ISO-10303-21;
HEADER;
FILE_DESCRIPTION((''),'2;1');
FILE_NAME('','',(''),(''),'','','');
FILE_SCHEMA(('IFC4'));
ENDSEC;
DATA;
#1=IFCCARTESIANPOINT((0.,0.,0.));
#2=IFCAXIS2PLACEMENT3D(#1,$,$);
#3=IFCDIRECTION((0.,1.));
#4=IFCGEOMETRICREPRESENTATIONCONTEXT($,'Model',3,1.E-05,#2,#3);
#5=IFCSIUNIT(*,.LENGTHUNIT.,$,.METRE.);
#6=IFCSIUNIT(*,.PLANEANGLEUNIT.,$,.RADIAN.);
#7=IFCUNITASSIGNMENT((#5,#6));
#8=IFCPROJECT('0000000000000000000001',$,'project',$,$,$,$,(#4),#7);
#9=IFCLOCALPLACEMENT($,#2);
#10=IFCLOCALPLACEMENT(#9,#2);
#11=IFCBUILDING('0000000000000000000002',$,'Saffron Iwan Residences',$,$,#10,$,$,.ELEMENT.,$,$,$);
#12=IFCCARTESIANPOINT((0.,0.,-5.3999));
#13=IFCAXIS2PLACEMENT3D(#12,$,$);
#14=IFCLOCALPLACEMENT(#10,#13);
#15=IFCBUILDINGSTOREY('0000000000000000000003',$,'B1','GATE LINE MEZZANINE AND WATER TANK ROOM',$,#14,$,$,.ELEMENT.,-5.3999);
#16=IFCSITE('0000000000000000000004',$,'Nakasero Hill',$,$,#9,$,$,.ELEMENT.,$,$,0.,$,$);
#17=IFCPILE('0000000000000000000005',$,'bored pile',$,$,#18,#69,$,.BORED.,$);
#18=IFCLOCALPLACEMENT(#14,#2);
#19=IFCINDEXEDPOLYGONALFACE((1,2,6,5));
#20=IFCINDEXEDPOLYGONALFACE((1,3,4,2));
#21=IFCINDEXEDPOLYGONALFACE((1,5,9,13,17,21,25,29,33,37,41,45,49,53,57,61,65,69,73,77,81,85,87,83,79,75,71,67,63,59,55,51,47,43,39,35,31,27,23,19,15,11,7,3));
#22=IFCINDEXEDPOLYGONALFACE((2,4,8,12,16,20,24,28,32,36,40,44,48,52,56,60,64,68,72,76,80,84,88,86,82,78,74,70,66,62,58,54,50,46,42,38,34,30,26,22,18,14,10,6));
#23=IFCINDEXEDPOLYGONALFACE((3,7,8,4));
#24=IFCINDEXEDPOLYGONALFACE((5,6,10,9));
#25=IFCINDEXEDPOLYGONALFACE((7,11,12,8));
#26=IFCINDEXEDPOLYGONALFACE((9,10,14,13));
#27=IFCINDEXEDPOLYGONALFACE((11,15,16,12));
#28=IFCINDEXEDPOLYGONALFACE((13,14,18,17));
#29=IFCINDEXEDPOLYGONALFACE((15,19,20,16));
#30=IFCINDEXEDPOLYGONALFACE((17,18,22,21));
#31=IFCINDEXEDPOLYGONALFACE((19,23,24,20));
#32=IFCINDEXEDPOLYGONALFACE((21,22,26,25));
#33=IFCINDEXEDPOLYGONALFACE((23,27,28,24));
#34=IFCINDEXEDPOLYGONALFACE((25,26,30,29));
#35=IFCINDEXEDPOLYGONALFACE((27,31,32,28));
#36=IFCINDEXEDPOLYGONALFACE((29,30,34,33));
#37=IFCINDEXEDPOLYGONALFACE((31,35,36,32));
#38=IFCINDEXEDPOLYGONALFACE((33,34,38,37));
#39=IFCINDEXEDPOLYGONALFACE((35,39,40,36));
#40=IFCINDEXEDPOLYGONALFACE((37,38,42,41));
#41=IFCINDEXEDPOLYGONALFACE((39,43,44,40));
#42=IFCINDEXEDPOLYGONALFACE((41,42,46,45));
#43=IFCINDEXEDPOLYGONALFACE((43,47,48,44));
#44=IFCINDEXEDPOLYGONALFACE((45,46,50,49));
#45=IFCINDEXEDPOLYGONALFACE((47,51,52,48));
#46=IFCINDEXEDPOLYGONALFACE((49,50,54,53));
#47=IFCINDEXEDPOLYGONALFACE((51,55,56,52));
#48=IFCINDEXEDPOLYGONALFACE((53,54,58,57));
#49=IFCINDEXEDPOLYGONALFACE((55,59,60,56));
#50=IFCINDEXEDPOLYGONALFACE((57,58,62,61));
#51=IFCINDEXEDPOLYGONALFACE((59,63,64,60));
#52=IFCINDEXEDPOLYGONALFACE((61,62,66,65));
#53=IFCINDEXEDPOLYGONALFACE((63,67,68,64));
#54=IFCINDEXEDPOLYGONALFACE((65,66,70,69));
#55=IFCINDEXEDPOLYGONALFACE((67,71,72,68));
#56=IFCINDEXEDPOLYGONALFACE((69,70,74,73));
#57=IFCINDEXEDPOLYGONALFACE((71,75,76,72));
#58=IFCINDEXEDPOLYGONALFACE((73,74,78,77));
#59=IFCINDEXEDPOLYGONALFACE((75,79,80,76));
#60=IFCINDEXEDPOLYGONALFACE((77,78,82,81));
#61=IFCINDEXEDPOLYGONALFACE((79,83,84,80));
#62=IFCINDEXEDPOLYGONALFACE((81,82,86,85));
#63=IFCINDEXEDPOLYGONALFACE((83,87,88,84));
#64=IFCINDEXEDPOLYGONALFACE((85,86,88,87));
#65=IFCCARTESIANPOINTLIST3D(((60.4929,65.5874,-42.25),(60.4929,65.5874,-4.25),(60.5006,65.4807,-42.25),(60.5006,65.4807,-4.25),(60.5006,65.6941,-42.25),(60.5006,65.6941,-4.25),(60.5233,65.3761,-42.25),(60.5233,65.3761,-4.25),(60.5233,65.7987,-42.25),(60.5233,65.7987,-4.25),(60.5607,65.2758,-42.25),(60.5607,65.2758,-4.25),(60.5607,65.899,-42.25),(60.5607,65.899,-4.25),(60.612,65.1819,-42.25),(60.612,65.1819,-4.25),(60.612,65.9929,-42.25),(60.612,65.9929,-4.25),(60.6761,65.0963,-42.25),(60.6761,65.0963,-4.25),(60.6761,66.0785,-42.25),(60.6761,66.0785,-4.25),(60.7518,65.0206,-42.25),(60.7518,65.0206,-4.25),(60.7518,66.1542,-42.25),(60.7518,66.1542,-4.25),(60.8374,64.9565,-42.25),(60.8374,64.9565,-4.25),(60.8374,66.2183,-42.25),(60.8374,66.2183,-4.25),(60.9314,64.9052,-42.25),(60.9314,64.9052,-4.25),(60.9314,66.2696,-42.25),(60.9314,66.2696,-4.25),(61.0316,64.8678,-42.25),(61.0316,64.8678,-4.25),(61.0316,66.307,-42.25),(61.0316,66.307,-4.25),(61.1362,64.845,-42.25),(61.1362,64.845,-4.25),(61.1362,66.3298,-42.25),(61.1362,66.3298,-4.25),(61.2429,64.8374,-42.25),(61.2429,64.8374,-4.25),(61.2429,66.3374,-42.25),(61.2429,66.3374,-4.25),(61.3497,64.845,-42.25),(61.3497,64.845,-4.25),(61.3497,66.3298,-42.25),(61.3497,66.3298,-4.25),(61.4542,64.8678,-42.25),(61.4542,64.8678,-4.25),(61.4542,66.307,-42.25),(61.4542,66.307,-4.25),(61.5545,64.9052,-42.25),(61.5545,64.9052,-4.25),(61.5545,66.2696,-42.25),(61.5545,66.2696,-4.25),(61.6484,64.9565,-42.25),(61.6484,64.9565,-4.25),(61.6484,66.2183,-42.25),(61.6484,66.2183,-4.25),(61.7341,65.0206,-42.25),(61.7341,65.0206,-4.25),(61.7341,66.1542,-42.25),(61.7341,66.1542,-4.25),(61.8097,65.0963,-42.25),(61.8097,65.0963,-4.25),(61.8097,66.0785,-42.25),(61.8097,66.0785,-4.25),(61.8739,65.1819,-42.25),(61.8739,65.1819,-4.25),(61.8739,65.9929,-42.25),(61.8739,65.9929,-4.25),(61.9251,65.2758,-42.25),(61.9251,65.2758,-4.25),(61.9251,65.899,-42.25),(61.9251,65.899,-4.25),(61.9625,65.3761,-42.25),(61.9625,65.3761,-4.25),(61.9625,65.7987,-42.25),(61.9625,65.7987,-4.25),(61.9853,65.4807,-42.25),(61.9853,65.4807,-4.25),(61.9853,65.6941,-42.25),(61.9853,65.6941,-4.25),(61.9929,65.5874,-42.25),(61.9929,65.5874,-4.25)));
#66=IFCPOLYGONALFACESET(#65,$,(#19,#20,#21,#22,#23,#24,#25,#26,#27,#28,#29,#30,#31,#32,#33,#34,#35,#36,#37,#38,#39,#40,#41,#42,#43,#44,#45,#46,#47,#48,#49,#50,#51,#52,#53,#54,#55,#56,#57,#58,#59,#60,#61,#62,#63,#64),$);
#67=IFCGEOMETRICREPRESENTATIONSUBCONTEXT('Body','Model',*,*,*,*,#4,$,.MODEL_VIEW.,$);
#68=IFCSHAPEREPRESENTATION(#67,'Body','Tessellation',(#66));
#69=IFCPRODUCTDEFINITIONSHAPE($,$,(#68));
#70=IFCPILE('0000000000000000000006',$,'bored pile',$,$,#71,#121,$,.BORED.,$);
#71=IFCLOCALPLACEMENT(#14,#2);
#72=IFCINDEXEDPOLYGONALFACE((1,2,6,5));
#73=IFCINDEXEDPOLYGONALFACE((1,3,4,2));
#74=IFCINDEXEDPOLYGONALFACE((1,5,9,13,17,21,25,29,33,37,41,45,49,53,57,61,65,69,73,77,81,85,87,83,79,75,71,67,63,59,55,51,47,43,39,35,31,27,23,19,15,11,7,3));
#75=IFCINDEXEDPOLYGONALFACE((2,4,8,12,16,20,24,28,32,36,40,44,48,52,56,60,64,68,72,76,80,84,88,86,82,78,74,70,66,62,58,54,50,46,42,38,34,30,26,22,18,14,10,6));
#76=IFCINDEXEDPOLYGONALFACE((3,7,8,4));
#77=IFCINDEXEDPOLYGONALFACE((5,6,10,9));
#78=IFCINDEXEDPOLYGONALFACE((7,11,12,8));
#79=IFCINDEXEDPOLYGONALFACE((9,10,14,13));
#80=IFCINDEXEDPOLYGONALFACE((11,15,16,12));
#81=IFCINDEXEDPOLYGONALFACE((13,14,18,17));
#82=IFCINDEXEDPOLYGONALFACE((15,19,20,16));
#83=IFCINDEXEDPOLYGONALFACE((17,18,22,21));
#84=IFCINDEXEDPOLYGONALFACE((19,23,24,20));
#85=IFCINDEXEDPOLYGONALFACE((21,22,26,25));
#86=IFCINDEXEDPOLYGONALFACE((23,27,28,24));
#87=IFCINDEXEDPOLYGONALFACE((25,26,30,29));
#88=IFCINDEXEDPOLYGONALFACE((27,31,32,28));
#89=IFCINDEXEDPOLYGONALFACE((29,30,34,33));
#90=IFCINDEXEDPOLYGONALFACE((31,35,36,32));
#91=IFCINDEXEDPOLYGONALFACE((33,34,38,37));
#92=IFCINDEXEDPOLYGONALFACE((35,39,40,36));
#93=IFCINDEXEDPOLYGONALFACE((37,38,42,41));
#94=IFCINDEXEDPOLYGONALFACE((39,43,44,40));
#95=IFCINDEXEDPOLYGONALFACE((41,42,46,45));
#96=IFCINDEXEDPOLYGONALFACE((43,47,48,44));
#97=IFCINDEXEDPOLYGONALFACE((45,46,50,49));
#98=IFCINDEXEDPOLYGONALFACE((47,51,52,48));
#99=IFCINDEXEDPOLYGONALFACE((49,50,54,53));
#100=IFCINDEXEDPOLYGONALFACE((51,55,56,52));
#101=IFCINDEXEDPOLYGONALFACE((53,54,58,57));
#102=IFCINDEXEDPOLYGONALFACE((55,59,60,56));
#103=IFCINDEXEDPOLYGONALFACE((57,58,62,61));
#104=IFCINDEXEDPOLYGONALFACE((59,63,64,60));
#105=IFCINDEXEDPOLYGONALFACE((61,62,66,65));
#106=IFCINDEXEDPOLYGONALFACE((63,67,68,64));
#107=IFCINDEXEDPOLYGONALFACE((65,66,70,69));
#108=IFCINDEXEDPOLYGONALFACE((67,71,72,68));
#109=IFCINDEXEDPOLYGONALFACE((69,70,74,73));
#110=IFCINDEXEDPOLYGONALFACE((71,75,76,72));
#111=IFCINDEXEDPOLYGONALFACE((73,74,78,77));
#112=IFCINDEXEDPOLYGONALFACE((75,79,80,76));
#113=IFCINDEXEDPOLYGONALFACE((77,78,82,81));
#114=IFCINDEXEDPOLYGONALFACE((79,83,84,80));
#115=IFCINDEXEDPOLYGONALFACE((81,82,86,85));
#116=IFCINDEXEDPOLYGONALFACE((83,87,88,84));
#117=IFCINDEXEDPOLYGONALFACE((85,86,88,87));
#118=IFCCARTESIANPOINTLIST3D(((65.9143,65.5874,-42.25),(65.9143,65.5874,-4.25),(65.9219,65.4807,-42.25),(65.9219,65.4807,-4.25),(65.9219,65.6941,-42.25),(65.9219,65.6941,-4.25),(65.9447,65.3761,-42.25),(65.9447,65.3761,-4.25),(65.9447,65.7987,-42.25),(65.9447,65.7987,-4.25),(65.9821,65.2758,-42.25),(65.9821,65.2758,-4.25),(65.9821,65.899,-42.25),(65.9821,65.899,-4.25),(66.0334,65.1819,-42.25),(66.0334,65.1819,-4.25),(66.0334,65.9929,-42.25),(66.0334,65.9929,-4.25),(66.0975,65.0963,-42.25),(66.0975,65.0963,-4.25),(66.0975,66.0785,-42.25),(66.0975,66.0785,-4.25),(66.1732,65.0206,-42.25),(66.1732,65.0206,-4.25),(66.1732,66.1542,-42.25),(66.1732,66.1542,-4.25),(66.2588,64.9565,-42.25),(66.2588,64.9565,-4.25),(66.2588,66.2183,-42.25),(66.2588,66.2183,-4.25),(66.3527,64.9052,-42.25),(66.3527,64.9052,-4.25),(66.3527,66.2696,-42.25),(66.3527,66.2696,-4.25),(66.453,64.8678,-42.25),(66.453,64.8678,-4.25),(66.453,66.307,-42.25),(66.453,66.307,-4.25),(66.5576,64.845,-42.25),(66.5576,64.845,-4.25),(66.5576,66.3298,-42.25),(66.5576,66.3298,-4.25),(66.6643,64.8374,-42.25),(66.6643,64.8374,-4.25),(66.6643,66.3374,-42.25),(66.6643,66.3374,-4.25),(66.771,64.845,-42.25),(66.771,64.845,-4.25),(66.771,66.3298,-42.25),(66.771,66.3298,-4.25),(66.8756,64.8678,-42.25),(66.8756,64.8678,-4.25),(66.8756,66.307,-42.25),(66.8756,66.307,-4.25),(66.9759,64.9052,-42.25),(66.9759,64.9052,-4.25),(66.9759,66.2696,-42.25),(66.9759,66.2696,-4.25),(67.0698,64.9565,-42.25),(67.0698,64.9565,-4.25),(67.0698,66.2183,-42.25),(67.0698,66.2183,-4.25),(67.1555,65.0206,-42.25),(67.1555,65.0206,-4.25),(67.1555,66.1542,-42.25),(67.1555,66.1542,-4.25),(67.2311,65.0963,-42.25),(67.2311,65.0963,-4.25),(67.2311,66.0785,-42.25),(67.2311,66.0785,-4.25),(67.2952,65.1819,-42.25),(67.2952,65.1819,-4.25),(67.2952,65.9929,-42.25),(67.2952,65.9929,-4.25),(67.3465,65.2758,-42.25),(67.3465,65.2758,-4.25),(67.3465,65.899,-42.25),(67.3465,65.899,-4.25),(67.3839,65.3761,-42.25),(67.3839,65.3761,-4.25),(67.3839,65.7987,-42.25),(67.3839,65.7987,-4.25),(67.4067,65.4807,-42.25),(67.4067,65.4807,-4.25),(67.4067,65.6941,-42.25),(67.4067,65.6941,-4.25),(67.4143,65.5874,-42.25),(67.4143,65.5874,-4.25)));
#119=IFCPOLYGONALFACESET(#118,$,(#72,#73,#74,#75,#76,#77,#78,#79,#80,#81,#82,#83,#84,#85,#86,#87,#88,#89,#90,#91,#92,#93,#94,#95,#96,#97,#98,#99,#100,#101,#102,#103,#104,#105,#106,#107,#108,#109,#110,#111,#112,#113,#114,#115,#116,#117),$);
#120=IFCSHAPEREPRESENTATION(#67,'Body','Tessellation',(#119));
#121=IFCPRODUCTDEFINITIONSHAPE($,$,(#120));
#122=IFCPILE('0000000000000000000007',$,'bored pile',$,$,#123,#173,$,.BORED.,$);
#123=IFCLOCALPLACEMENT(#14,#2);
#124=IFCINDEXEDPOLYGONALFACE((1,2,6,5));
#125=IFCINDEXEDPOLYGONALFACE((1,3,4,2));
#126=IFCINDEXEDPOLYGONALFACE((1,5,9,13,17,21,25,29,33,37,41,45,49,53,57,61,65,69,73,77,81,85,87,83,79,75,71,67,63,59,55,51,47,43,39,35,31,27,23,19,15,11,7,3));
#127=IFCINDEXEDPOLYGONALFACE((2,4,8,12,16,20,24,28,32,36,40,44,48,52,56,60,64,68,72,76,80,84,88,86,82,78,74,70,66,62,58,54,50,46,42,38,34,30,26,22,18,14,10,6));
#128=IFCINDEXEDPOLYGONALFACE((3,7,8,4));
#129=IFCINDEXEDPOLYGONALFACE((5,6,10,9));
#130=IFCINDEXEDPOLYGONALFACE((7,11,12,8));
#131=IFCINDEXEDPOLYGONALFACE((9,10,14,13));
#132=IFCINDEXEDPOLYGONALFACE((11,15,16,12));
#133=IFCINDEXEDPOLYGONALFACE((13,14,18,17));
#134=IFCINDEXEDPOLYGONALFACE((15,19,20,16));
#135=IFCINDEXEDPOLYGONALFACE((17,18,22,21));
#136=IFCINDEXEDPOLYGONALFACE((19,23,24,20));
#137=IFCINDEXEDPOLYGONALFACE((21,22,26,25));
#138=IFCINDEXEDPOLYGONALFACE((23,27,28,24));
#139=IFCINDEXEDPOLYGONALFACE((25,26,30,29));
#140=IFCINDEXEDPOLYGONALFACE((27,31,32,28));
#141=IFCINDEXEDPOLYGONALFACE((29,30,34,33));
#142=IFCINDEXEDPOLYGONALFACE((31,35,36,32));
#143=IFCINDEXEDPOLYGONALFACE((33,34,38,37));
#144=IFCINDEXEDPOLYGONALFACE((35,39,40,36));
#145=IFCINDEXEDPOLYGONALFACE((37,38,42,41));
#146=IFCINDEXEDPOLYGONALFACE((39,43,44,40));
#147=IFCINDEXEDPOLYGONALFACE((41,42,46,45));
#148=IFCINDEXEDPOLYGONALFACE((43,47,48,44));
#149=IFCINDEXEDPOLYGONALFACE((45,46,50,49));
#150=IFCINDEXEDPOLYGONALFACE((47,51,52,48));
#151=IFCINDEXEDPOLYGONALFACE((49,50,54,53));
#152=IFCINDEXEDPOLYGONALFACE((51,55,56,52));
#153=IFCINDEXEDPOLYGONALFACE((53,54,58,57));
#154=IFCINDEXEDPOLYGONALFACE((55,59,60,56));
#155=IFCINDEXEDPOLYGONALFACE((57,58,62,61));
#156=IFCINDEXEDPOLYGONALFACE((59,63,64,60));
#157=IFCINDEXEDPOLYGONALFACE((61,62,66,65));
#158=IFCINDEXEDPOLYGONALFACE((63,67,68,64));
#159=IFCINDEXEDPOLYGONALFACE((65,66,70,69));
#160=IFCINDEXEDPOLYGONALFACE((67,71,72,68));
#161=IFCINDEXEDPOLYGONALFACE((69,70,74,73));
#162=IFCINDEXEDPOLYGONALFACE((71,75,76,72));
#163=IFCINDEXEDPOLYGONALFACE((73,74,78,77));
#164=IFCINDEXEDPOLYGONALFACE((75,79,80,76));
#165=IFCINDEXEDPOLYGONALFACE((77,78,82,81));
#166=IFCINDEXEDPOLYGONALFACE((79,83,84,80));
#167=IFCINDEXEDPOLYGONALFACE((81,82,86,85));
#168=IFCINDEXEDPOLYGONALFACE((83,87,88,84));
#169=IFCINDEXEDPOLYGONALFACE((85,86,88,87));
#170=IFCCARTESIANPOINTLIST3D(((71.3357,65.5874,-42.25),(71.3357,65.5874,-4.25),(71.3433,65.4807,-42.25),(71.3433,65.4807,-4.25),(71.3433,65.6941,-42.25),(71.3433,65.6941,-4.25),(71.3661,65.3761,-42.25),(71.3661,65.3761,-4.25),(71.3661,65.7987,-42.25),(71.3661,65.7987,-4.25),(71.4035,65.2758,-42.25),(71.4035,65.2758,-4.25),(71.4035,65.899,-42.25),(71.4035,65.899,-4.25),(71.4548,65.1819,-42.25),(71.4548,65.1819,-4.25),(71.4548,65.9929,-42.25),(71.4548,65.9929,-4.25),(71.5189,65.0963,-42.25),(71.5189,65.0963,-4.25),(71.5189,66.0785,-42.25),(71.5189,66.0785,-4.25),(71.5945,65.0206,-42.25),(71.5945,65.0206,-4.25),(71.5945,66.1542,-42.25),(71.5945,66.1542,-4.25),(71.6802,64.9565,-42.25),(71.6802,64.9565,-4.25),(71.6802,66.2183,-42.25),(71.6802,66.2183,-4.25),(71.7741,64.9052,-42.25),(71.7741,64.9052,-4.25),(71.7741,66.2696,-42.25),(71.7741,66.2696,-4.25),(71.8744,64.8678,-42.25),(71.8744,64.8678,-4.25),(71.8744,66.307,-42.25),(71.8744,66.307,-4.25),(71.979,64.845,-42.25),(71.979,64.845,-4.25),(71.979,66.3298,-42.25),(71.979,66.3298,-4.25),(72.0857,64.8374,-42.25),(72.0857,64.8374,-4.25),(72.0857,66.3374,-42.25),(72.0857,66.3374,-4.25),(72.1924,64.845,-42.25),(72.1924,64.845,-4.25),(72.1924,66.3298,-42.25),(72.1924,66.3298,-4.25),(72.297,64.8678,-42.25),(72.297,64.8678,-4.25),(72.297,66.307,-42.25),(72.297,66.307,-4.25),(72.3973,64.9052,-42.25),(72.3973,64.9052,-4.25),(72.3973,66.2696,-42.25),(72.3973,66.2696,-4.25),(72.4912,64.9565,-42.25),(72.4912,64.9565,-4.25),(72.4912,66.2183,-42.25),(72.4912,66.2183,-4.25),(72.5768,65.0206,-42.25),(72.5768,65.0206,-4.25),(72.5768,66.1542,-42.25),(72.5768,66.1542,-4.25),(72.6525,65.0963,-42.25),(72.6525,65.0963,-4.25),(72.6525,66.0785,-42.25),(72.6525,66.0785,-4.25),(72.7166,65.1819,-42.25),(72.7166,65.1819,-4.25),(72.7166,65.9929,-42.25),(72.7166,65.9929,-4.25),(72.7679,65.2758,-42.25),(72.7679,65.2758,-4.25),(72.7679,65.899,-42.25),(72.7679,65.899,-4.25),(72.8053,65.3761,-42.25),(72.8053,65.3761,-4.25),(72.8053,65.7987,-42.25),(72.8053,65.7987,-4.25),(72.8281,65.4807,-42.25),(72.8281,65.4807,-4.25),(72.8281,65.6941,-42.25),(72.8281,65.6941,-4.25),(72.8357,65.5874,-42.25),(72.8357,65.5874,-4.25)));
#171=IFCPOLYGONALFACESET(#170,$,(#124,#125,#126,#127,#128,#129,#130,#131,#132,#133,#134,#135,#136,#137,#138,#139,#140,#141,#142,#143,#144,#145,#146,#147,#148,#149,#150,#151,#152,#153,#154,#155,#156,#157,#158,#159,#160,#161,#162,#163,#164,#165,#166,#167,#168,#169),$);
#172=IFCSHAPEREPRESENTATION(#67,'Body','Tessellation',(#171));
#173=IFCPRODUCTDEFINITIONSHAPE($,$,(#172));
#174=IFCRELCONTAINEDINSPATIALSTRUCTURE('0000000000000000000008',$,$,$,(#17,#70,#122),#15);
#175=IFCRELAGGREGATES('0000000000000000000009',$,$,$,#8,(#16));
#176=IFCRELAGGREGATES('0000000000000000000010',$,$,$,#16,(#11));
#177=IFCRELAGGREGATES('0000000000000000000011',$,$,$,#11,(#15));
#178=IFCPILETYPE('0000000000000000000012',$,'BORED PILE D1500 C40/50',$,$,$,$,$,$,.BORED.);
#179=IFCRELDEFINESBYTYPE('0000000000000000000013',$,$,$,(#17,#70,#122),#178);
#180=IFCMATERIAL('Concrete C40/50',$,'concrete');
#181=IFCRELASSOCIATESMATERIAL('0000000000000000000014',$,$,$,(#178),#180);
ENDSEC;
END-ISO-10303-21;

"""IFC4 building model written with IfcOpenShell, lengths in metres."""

from ifc_helpers import new_model, si_unit, direction, frame, origin, origin_2d, place, context, subcontext, project, spatial, circle, extrude, material, material_profile, profile_set, type_object, element, save


model = new_model("IFC4")

# Units and contexts
model_context = context("Model", 3, precision=1e-05, world=origin(), true_north=direction((0.0, 1.0)))
body_context = subcontext(model_context, "Body", "Model", "MODEL_VIEW")
ifc_project = project(units=[si_unit("LENGTHUNIT", "METRE"), si_unit("PLANEANGLEUNIT", "RADIAN")], contexts=[model_context])

# Site, building, storey
site_placement = place(None, origin())
site = spatial("IfcSite", under=ifc_project, at=site_placement, Name="Nakasero Hill", CompositionType="ELEMENT", RefElevation=0.0)
building_placement = place(site_placement, origin())
building = spatial("IfcBuilding", under=site, at=building_placement, Name="Saffron Iwan Residences", CompositionType="ELEMENT")
storey_placement = place(building_placement, frame((0.0, 0.0, -5.3999)))
storey = spatial("IfcBuildingStorey", under=building, at=storey_placement, Name="B1", Description="GATE LINE MEZZANINE AND WATER TANK ROOM", CompositionType="ELEMENT", Elevation=-5.3999)

# Piles
ifc_material_1 = material(Name="Concrete C40/50", Category="concrete")
ifc_material_profile = material_profile(ifc_material_1, circle(Radius=0.75, at=origin_2d()), Name="RC D1500")
ifc_profile_set = profile_set([ifc_material_profile], Name="Concrete C40/50")
pile_type = type_object("IfcPileType", Name="BORED PILE D1500 C40/50", PredefinedType="BORED", material=ifc_profile_set)
for number, where, z_axis, x_axis, name in (
    (1, (61.2429, 65.5874, -4.25), (0.0, 0.0, -1.0), (1.0, 0.0, 0.0), "bored pile"),
    (2, (66.6643, 65.5874, -4.25), (0.0, 0.0, -1.0), (1.0, 0.0, 0.0), "bored pile"),
    (3, (72.0857, 65.5874, -4.25), (0.0, 0.0, -1.0), (1.0, 0.0, 0.0), "bored pile"),
):
    element("IfcPile", number, at=place(storey_placement, frame(where, z_axis=z_axis, x_axis=x_axis)), inside=storey, type_object=pile_type, Name=name, PredefinedType="BORED", context=body_context, shape_type="SweptSolid", body=[
        extrude(circle(Radius=0.75, at=origin_2d()), origin(), (0.0, 0.0, 1.0), 38.0),
    ])

save(model, "model.ifc")
